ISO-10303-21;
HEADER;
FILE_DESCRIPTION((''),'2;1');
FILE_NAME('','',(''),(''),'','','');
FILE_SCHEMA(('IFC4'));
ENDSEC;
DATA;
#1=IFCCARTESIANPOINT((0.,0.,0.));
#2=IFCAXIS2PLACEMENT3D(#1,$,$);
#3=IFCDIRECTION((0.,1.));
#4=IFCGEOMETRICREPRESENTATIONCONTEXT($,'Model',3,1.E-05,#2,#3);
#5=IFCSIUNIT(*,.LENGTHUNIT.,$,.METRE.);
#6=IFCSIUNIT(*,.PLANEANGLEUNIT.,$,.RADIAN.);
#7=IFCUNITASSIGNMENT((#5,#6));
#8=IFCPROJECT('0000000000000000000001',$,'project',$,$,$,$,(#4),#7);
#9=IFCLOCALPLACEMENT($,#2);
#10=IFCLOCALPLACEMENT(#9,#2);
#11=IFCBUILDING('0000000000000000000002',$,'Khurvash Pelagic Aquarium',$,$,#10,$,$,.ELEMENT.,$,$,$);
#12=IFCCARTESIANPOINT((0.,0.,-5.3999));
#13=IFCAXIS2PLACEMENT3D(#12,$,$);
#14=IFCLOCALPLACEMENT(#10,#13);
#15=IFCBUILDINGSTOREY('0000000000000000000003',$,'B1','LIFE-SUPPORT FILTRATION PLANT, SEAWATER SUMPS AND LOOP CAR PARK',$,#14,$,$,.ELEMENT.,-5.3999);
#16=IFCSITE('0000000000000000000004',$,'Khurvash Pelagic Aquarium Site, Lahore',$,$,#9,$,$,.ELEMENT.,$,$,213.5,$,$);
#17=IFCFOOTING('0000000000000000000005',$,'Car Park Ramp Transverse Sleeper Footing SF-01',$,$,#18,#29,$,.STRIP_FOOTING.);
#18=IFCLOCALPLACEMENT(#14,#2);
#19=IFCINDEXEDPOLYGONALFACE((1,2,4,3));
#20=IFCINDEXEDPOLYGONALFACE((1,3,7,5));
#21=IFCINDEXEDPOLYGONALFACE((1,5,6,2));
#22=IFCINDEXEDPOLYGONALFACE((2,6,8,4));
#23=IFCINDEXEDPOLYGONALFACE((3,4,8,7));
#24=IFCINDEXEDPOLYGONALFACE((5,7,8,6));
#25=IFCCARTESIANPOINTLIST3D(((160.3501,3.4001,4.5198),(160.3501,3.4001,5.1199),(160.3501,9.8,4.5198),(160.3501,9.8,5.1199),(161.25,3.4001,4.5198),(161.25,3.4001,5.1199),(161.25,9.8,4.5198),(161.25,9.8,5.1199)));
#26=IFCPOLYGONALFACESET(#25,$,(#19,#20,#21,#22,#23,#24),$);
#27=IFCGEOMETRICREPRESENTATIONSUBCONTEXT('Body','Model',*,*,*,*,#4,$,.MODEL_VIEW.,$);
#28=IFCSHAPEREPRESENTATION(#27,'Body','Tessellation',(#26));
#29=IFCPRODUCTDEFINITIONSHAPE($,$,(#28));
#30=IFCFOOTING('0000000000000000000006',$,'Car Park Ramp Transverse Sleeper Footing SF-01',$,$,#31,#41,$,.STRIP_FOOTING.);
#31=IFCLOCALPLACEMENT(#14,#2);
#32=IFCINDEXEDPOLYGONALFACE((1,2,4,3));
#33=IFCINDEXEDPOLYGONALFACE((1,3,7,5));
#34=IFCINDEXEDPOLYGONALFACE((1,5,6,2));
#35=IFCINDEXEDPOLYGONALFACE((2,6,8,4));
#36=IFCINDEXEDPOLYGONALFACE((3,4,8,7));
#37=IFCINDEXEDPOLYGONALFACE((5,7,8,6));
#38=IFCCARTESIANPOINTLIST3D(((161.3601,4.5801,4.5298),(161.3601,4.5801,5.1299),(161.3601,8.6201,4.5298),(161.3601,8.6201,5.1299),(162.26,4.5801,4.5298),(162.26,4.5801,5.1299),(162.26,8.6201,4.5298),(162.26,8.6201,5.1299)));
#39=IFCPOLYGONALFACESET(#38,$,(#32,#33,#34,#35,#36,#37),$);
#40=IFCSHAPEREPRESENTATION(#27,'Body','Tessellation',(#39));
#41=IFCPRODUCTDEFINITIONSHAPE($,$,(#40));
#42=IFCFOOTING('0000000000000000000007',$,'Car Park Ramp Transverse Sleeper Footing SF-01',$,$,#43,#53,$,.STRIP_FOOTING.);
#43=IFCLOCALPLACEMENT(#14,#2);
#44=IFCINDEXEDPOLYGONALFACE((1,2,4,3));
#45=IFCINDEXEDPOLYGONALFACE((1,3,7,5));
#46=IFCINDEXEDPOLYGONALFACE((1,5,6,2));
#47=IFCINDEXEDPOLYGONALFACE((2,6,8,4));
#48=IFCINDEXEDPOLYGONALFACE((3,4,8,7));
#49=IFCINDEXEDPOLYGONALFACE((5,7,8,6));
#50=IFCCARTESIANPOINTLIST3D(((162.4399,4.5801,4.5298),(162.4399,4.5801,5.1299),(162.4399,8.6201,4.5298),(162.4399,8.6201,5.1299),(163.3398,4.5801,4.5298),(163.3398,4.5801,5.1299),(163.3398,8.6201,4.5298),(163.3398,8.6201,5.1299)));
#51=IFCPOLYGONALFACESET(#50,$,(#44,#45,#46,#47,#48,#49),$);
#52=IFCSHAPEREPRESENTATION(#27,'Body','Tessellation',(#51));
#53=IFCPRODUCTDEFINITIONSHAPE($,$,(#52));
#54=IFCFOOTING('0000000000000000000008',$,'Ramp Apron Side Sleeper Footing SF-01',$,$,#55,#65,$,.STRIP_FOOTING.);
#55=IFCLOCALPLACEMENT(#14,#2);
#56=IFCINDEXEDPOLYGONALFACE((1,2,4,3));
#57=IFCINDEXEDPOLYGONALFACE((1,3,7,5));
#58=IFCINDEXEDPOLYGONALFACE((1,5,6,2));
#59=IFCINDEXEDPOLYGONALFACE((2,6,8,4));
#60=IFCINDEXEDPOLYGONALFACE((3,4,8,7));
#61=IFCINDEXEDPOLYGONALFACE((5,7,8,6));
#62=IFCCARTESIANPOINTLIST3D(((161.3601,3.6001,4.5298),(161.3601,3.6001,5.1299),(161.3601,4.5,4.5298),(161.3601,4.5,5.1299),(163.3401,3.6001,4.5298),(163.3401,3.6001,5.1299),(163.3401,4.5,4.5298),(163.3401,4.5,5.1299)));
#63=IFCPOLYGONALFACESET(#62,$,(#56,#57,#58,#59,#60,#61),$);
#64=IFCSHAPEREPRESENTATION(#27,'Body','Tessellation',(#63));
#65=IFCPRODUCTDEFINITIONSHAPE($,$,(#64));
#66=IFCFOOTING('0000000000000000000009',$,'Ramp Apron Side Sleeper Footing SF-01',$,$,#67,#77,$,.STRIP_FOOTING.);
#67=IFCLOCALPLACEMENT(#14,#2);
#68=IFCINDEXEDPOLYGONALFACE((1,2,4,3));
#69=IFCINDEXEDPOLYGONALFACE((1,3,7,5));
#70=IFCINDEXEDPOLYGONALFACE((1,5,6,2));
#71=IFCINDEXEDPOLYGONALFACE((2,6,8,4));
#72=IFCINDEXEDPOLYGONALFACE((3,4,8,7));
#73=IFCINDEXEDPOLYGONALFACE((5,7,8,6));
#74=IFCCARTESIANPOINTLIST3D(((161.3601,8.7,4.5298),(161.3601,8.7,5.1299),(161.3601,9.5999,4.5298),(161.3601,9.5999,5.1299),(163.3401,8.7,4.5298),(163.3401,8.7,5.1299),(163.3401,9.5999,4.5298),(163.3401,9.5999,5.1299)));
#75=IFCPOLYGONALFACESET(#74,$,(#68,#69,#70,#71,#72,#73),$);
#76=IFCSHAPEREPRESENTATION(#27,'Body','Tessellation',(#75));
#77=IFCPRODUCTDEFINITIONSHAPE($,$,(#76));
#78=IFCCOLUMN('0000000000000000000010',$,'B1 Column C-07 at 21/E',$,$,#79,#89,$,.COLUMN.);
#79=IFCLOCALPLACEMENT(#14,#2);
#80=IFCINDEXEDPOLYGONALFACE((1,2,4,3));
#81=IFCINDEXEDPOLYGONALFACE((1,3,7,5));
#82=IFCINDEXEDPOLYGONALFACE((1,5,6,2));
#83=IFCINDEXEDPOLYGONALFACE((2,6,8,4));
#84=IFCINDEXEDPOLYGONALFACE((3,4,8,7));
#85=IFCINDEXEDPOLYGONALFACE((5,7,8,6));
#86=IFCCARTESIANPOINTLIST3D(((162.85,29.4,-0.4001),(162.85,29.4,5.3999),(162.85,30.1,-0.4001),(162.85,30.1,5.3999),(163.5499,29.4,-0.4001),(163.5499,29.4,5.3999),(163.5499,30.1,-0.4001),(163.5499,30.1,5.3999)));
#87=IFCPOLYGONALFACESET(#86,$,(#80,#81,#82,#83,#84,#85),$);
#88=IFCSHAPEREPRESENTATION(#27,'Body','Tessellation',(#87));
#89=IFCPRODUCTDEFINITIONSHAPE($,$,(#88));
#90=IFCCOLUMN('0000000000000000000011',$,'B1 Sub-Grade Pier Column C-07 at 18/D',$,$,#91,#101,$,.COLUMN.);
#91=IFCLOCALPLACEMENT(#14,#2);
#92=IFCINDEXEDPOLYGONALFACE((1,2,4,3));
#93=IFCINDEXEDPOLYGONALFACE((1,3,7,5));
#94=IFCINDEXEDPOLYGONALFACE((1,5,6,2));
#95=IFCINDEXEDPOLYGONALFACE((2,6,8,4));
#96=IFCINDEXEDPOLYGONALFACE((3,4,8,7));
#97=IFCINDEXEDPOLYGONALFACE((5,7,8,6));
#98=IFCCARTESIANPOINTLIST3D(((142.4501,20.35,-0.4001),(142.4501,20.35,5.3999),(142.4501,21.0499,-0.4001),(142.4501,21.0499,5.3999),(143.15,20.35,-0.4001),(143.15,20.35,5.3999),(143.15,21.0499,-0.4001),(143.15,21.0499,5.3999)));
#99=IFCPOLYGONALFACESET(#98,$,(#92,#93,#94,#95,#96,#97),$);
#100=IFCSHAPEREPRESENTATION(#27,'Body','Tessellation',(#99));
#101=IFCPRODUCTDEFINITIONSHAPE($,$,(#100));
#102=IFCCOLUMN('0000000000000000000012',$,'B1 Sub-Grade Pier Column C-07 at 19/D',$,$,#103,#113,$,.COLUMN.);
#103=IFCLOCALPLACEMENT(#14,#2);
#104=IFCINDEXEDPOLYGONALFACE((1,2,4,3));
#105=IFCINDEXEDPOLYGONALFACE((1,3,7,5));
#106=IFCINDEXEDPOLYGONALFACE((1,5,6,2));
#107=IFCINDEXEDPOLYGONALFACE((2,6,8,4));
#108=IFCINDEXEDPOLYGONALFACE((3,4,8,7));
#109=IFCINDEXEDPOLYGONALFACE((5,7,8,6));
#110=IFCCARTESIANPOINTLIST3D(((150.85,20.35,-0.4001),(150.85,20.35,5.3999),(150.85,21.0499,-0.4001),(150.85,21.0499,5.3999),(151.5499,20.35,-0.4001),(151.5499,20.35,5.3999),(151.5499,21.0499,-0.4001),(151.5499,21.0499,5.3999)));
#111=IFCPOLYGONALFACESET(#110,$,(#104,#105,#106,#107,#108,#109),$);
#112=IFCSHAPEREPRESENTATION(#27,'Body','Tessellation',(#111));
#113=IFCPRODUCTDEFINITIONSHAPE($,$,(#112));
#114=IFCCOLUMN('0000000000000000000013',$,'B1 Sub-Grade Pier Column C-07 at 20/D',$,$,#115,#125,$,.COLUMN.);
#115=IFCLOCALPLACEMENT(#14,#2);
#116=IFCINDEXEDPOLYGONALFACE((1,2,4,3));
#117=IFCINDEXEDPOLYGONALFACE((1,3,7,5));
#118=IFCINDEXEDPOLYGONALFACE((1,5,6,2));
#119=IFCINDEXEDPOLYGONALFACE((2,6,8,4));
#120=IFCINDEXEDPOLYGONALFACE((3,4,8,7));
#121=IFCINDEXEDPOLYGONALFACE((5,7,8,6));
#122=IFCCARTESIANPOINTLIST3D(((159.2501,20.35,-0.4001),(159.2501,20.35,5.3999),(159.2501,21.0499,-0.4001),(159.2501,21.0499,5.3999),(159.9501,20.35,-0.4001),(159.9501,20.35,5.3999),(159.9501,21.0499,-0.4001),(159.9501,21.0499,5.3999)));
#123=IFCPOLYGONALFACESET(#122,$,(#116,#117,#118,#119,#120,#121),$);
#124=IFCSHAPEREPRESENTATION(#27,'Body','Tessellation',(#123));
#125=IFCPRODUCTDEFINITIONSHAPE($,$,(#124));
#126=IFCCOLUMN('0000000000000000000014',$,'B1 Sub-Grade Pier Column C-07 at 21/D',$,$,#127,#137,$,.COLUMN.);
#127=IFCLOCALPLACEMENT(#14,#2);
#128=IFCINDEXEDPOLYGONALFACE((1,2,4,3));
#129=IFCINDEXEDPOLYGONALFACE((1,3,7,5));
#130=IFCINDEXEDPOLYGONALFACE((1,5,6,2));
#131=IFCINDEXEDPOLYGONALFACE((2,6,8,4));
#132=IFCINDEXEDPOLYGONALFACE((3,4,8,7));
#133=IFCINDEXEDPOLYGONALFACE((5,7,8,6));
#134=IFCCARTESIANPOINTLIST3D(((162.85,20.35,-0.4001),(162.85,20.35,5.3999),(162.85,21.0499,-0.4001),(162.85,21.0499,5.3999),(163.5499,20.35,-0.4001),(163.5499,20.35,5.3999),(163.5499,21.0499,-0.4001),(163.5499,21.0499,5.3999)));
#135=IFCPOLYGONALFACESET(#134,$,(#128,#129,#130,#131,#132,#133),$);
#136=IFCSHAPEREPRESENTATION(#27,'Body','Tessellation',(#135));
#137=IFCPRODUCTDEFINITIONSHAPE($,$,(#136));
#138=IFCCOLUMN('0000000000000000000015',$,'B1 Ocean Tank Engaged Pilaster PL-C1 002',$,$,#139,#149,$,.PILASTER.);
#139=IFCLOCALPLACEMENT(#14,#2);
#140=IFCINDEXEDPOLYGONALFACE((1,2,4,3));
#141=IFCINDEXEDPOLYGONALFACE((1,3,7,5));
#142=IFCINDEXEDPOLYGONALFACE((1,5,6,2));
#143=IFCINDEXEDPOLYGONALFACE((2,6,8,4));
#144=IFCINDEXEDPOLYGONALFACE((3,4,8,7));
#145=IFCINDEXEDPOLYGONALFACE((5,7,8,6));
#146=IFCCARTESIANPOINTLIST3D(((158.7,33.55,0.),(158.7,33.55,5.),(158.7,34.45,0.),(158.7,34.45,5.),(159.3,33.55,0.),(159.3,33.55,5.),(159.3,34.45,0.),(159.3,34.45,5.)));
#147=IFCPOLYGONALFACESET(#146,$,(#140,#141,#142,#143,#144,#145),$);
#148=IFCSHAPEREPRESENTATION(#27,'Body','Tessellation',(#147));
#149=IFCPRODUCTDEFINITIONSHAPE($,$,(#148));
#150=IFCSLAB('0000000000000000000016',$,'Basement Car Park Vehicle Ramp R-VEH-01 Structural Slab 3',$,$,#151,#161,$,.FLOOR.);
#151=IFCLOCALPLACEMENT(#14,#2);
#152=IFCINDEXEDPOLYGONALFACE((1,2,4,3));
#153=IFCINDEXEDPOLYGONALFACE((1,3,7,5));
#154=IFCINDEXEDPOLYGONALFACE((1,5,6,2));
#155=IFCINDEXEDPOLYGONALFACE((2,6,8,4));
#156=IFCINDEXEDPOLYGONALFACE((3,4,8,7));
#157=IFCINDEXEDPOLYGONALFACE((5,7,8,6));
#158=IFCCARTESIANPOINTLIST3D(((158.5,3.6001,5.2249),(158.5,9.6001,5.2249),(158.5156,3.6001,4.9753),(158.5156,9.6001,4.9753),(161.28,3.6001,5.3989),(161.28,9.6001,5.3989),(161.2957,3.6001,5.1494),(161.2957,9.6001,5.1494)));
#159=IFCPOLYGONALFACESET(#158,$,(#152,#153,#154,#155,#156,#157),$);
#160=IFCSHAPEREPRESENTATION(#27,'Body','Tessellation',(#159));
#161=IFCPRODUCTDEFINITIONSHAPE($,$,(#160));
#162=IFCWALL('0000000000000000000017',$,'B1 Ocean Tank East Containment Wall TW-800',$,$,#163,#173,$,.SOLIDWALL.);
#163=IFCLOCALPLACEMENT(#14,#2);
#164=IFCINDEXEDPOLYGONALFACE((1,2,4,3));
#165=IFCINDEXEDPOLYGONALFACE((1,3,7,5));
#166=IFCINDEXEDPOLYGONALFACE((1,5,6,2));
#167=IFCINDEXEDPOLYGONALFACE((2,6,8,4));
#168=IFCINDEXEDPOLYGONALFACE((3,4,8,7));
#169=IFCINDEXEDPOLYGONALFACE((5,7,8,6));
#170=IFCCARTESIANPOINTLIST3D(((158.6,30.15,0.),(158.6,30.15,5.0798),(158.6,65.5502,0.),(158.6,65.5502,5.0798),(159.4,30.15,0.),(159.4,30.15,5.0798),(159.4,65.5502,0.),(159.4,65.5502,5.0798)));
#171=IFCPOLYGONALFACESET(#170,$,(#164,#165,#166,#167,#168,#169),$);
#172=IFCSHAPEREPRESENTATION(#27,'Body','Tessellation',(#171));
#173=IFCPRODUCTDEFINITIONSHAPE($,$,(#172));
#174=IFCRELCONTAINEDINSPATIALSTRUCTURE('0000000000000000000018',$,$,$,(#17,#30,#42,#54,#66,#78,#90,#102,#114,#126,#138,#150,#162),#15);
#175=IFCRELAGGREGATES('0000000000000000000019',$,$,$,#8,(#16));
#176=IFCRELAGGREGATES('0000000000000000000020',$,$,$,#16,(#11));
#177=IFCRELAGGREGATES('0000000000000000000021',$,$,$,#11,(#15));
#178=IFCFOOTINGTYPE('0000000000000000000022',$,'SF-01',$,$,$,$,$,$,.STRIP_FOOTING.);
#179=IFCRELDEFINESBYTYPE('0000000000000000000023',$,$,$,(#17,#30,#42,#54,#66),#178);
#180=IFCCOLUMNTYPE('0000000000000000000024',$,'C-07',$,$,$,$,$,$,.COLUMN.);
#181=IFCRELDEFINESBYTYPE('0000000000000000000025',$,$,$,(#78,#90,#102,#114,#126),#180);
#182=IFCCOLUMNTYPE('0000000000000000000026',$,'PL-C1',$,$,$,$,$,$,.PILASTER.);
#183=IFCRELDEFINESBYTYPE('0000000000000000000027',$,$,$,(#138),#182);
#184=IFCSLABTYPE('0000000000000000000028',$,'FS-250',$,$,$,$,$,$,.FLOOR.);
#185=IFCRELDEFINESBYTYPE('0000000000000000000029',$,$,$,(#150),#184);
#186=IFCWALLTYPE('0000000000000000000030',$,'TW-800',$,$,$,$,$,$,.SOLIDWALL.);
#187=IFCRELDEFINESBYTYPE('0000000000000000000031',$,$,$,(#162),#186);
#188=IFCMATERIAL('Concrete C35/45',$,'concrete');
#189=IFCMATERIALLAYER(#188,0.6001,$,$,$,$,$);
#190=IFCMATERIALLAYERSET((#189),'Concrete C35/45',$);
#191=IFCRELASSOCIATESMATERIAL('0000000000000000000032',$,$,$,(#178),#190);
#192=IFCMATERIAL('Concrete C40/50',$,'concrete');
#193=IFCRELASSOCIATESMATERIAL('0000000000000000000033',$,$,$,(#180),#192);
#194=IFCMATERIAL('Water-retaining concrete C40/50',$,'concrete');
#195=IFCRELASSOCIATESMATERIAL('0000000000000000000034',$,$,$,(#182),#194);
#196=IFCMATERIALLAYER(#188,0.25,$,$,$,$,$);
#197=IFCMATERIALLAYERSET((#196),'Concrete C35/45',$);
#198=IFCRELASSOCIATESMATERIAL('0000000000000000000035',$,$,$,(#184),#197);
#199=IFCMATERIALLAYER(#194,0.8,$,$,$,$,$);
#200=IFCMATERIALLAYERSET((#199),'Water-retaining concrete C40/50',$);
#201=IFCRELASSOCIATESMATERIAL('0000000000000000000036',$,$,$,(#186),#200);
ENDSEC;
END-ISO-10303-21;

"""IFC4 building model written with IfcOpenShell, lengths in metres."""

from ifc_helpers import new_model, si_unit, direction, frame, frame_2d, origin, origin_2d, place, context, subcontext, project, spatial, polyline, rectangle, outline, extrude, material, layer, layer_set, material_profile, profile_set, type_object, element, save


model = new_model("IFC4")

# Units and contexts
model_context = context("Model", 3, precision=1e-05, world=origin(), true_north=direction((0.0, 1.0)))
body_context = subcontext(model_context, "Body", "Model", "MODEL_VIEW")
ifc_project = project(units=[si_unit("LENGTHUNIT", "METRE"), si_unit("PLANEANGLEUNIT", "RADIAN")], contexts=[model_context])

# Site, building, storey
site_placement = place(None, origin())
site = spatial("IfcSite", under=ifc_project, at=site_placement, Name="Khurvash Pelagic Aquarium Site, Lahore", CompositionType="ELEMENT", RefElevation=213.5)
building_placement = place(site_placement, origin())
building = spatial("IfcBuilding", under=site, at=building_placement, Name="Khurvash Pelagic Aquarium", CompositionType="ELEMENT")
storey_placement = place(building_placement, frame((0.0, 0.0, -5.3999)))
storey = spatial("IfcBuildingStorey", under=building, at=storey_placement, Name="B1", Description="LIFE-SUPPORT FILTRATION PLANT, SEAWATER SUMPS AND LOOP CAR PARK", CompositionType="ELEMENT", Elevation=-5.3999)

# Shared definitions
ifc_material_1 = material(Name="Concrete C35/45", Category="concrete")

# Footings
ifc_layer_1 = layer(ifc_material_1, 0.6001)
ifc_layer_set_1 = layer_set([ifc_layer_1], Name="Concrete C35/45")
footing_type = type_object("IfcFootingType", Name="SF-01", PredefinedType="STRIP_FOOTING", material=ifc_layer_set_1)
for number, where, z_axis, x_axis, name in (
    (1, (160.8, 6.6001, 4.5198), (0.0, 0.0, 1.0), (0.0, 1.0, 0.0), "Car Park Ramp Transverse Sleeper Footing SF-01"),
):
    element("IfcFooting", number, at=place(storey_placement, frame(where, z_axis=z_axis, x_axis=x_axis)), inside=storey, type_object=footing_type, Name=name, PredefinedType="STRIP_FOOTING", context=body_context, shape_type="SweptSolid", body=[
        extrude(rectangle(XDim=6.3999, YDim=0.8999, at=origin_2d()), origin(), (0.0, 0.0, 1.0), 0.6001),
    ])
for number, where, z_axis, x_axis, name in (
    (2, (161.8101, 6.6001, 4.5298), (0.0, 0.0, 1.0), (0.0, 1.0, 0.0), "Car Park Ramp Transverse Sleeper Footing SF-01"),
    (3, (162.8899, 6.6001, 4.5298), (0.0, 0.0, 1.0), (0.0, 1.0, 0.0), "Car Park Ramp Transverse Sleeper Footing SF-01"),
):
    element("IfcFooting", number, at=place(storey_placement, frame(where, z_axis=z_axis, x_axis=x_axis)), inside=storey, type_object=footing_type, Name=name, PredefinedType="STRIP_FOOTING", context=body_context, shape_type="SweptSolid", body=[
        extrude(rectangle(XDim=4.04, YDim=0.8999, at=origin_2d()), origin(), (0.0, 0.0, 1.0), 0.6001),
    ])
for number, where, z_axis, x_axis, name in (
    (4, (162.3501, 4.05, 4.5298), (0.0, 0.0, 1.0), (1.0, 0.0, 0.0), "Ramp Apron Side Sleeper Footing SF-01"),
    (5, (162.3501, 9.1499, 4.5298), (0.0, 0.0, 1.0), (1.0, 0.0, 0.0), "Ramp Apron Side Sleeper Footing SF-01"),
):
    element("IfcFooting", number, at=place(storey_placement, frame(where, z_axis=z_axis, x_axis=x_axis)), inside=storey, type_object=footing_type, Name=name, PredefinedType="STRIP_FOOTING", context=body_context, shape_type="SweptSolid", body=[
        extrude(rectangle(XDim=1.98, YDim=0.8999, at=origin_2d()), origin(), (0.0, 0.0, 1.0), 0.6001),
    ])

# Columns
ifc_material_2 = material(Name="Concrete C40/50", Category="concrete")
ifc_material_profile_1 = material_profile(ifc_material_2, rectangle(XDim=0.7, YDim=0.7, at=origin_2d()), Name="RC700X700")
ifc_profile_set_1 = profile_set([ifc_material_profile_1], Name="Concrete C40/50")
column_type_1 = type_object("IfcColumnType", Name="C-07", PredefinedType="COLUMN", material=ifc_profile_set_1)
for number, where, z_axis, x_axis, name in (
    (6, (163.2, 29.75, -0.4001), (0.0, 0.0, 1.0), (1.0, 0.0, 0.0), "B1 Column C-07 at 21/E"),
    (7, (142.8, 20.7, -0.4001), (0.0, 0.0, 1.0), (1.0, 0.0, 0.0), "B1 Sub-Grade Pier Column C-07 at 18/D"),
    (8, (151.2, 20.7, -0.4001), (0.0, 0.0, 1.0), (1.0, 0.0, 0.0), "B1 Sub-Grade Pier Column C-07 at 19/D"),
    (9, (159.6001, 20.7, -0.4001), (0.0, 0.0, 1.0), (1.0, 0.0, 0.0), "B1 Sub-Grade Pier Column C-07 at 20/D"),
    (10, (163.2, 20.7, -0.4001), (0.0, 0.0, 1.0), (1.0, 0.0, 0.0), "B1 Sub-Grade Pier Column C-07 at 21/D"),
):
    element("IfcColumn", number, at=place(storey_placement, frame(where, z_axis=z_axis, x_axis=x_axis)), inside=storey, type_object=column_type_1, Name=name, PredefinedType="COLUMN", context=body_context, shape_type="SweptSolid", body=[
        extrude(rectangle(XDim=0.7, YDim=0.7, at=origin_2d()), origin(), (0.0, 0.0, 1.0), 5.8),
    ])
ifc_material_3 = material(Name="Water-retaining concrete C40/50", Category="concrete")
ifc_material_profile_2 = material_profile(ifc_material_3, rectangle(XDim=0.6001, YDim=0.8999, at=origin_2d()), Name="RC600X900")
ifc_profile_set_2 = profile_set([ifc_material_profile_2], Name="Water-retaining concrete C40/50")
column_type_2 = type_object("IfcColumnType", Name="PL-C1", PredefinedType="PILASTER", material=ifc_profile_set_2)
column_placement = place(storey_placement, frame((159.0, 34.0, 0.0), z_axis=(0.0, 0.0, 1.0), x_axis=(1.0, 0.0, 0.0)))
element("IfcColumn", 11, at=column_placement, inside=storey, type_object=column_type_2, Name="B1 Ocean Tank Engaged Pilaster PL-C1 002", PredefinedType="PILASTER", context=body_context, shape_type="SweptSolid", body=[
    extrude(rectangle(XDim=0.6001, YDim=0.8999, at=origin_2d()), origin(), (0.0, 0.0, 1.0), 5.0),
])

# Slab
ifc_layer_2 = layer(ifc_material_1, 0.25)
ifc_layer_set_2 = layer_set([ifc_layer_2], Name="Concrete C35/45")
slab_type = type_object("IfcSlabType", Name="FS-250", PredefinedType="FLOOR", material=ifc_layer_set_2)
slab_placement = place(storey_placement, frame((158.5, 3.6001, 5.2249), z_axis=(-0.062493, 0.0, 0.998045), x_axis=(0.998045, 0.0, 0.062493)))
element("IfcSlab", 12, at=slab_placement, inside=storey, type_object=slab_type, Name="Basement Car Park Vehicle Ramp R-VEH-01 Structural Slab 3", PredefinedType="FLOOR", context=body_context, shape_type="SweptSolid", body=[
    extrude(outline(polyline([(0.0, 0.0), (2.7855, 0.0), (2.7855, 6.0), (0.0, 6.0), (0.0, 0.0)])), origin(), (0.0, 0.0, -1.0), 0.25),
])

# Wall
ifc_layer_3 = layer(ifc_material_3, 0.8)
ifc_layer_set_3 = layer_set([ifc_layer_3], Name="Water-retaining concrete C40/50")
wall_type = type_object("IfcWallType", Name="TW-800", PredefinedType="SOLIDWALL", material=ifc_layer_set_3)
wall_placement = place(storey_placement, frame((159.0, 30.1499, 0.0), z_axis=(0.0, 0.0, 1.0), x_axis=(0.0, 1.0, 0.0)))
element("IfcWall", 13, at=wall_placement, inside=storey, type_object=wall_type, Name="B1 Ocean Tank East Containment Wall TW-800", PredefinedType="SOLIDWALL", context=body_context, shape_type="SweptSolid", body=[
    extrude(rectangle(XDim=35.4001, YDim=0.8, at=frame_2d((17.7002, 0.0))), origin(), (0.0, 0.0, 1.0), 5.0798),
])

save(model, "model.ifc")
